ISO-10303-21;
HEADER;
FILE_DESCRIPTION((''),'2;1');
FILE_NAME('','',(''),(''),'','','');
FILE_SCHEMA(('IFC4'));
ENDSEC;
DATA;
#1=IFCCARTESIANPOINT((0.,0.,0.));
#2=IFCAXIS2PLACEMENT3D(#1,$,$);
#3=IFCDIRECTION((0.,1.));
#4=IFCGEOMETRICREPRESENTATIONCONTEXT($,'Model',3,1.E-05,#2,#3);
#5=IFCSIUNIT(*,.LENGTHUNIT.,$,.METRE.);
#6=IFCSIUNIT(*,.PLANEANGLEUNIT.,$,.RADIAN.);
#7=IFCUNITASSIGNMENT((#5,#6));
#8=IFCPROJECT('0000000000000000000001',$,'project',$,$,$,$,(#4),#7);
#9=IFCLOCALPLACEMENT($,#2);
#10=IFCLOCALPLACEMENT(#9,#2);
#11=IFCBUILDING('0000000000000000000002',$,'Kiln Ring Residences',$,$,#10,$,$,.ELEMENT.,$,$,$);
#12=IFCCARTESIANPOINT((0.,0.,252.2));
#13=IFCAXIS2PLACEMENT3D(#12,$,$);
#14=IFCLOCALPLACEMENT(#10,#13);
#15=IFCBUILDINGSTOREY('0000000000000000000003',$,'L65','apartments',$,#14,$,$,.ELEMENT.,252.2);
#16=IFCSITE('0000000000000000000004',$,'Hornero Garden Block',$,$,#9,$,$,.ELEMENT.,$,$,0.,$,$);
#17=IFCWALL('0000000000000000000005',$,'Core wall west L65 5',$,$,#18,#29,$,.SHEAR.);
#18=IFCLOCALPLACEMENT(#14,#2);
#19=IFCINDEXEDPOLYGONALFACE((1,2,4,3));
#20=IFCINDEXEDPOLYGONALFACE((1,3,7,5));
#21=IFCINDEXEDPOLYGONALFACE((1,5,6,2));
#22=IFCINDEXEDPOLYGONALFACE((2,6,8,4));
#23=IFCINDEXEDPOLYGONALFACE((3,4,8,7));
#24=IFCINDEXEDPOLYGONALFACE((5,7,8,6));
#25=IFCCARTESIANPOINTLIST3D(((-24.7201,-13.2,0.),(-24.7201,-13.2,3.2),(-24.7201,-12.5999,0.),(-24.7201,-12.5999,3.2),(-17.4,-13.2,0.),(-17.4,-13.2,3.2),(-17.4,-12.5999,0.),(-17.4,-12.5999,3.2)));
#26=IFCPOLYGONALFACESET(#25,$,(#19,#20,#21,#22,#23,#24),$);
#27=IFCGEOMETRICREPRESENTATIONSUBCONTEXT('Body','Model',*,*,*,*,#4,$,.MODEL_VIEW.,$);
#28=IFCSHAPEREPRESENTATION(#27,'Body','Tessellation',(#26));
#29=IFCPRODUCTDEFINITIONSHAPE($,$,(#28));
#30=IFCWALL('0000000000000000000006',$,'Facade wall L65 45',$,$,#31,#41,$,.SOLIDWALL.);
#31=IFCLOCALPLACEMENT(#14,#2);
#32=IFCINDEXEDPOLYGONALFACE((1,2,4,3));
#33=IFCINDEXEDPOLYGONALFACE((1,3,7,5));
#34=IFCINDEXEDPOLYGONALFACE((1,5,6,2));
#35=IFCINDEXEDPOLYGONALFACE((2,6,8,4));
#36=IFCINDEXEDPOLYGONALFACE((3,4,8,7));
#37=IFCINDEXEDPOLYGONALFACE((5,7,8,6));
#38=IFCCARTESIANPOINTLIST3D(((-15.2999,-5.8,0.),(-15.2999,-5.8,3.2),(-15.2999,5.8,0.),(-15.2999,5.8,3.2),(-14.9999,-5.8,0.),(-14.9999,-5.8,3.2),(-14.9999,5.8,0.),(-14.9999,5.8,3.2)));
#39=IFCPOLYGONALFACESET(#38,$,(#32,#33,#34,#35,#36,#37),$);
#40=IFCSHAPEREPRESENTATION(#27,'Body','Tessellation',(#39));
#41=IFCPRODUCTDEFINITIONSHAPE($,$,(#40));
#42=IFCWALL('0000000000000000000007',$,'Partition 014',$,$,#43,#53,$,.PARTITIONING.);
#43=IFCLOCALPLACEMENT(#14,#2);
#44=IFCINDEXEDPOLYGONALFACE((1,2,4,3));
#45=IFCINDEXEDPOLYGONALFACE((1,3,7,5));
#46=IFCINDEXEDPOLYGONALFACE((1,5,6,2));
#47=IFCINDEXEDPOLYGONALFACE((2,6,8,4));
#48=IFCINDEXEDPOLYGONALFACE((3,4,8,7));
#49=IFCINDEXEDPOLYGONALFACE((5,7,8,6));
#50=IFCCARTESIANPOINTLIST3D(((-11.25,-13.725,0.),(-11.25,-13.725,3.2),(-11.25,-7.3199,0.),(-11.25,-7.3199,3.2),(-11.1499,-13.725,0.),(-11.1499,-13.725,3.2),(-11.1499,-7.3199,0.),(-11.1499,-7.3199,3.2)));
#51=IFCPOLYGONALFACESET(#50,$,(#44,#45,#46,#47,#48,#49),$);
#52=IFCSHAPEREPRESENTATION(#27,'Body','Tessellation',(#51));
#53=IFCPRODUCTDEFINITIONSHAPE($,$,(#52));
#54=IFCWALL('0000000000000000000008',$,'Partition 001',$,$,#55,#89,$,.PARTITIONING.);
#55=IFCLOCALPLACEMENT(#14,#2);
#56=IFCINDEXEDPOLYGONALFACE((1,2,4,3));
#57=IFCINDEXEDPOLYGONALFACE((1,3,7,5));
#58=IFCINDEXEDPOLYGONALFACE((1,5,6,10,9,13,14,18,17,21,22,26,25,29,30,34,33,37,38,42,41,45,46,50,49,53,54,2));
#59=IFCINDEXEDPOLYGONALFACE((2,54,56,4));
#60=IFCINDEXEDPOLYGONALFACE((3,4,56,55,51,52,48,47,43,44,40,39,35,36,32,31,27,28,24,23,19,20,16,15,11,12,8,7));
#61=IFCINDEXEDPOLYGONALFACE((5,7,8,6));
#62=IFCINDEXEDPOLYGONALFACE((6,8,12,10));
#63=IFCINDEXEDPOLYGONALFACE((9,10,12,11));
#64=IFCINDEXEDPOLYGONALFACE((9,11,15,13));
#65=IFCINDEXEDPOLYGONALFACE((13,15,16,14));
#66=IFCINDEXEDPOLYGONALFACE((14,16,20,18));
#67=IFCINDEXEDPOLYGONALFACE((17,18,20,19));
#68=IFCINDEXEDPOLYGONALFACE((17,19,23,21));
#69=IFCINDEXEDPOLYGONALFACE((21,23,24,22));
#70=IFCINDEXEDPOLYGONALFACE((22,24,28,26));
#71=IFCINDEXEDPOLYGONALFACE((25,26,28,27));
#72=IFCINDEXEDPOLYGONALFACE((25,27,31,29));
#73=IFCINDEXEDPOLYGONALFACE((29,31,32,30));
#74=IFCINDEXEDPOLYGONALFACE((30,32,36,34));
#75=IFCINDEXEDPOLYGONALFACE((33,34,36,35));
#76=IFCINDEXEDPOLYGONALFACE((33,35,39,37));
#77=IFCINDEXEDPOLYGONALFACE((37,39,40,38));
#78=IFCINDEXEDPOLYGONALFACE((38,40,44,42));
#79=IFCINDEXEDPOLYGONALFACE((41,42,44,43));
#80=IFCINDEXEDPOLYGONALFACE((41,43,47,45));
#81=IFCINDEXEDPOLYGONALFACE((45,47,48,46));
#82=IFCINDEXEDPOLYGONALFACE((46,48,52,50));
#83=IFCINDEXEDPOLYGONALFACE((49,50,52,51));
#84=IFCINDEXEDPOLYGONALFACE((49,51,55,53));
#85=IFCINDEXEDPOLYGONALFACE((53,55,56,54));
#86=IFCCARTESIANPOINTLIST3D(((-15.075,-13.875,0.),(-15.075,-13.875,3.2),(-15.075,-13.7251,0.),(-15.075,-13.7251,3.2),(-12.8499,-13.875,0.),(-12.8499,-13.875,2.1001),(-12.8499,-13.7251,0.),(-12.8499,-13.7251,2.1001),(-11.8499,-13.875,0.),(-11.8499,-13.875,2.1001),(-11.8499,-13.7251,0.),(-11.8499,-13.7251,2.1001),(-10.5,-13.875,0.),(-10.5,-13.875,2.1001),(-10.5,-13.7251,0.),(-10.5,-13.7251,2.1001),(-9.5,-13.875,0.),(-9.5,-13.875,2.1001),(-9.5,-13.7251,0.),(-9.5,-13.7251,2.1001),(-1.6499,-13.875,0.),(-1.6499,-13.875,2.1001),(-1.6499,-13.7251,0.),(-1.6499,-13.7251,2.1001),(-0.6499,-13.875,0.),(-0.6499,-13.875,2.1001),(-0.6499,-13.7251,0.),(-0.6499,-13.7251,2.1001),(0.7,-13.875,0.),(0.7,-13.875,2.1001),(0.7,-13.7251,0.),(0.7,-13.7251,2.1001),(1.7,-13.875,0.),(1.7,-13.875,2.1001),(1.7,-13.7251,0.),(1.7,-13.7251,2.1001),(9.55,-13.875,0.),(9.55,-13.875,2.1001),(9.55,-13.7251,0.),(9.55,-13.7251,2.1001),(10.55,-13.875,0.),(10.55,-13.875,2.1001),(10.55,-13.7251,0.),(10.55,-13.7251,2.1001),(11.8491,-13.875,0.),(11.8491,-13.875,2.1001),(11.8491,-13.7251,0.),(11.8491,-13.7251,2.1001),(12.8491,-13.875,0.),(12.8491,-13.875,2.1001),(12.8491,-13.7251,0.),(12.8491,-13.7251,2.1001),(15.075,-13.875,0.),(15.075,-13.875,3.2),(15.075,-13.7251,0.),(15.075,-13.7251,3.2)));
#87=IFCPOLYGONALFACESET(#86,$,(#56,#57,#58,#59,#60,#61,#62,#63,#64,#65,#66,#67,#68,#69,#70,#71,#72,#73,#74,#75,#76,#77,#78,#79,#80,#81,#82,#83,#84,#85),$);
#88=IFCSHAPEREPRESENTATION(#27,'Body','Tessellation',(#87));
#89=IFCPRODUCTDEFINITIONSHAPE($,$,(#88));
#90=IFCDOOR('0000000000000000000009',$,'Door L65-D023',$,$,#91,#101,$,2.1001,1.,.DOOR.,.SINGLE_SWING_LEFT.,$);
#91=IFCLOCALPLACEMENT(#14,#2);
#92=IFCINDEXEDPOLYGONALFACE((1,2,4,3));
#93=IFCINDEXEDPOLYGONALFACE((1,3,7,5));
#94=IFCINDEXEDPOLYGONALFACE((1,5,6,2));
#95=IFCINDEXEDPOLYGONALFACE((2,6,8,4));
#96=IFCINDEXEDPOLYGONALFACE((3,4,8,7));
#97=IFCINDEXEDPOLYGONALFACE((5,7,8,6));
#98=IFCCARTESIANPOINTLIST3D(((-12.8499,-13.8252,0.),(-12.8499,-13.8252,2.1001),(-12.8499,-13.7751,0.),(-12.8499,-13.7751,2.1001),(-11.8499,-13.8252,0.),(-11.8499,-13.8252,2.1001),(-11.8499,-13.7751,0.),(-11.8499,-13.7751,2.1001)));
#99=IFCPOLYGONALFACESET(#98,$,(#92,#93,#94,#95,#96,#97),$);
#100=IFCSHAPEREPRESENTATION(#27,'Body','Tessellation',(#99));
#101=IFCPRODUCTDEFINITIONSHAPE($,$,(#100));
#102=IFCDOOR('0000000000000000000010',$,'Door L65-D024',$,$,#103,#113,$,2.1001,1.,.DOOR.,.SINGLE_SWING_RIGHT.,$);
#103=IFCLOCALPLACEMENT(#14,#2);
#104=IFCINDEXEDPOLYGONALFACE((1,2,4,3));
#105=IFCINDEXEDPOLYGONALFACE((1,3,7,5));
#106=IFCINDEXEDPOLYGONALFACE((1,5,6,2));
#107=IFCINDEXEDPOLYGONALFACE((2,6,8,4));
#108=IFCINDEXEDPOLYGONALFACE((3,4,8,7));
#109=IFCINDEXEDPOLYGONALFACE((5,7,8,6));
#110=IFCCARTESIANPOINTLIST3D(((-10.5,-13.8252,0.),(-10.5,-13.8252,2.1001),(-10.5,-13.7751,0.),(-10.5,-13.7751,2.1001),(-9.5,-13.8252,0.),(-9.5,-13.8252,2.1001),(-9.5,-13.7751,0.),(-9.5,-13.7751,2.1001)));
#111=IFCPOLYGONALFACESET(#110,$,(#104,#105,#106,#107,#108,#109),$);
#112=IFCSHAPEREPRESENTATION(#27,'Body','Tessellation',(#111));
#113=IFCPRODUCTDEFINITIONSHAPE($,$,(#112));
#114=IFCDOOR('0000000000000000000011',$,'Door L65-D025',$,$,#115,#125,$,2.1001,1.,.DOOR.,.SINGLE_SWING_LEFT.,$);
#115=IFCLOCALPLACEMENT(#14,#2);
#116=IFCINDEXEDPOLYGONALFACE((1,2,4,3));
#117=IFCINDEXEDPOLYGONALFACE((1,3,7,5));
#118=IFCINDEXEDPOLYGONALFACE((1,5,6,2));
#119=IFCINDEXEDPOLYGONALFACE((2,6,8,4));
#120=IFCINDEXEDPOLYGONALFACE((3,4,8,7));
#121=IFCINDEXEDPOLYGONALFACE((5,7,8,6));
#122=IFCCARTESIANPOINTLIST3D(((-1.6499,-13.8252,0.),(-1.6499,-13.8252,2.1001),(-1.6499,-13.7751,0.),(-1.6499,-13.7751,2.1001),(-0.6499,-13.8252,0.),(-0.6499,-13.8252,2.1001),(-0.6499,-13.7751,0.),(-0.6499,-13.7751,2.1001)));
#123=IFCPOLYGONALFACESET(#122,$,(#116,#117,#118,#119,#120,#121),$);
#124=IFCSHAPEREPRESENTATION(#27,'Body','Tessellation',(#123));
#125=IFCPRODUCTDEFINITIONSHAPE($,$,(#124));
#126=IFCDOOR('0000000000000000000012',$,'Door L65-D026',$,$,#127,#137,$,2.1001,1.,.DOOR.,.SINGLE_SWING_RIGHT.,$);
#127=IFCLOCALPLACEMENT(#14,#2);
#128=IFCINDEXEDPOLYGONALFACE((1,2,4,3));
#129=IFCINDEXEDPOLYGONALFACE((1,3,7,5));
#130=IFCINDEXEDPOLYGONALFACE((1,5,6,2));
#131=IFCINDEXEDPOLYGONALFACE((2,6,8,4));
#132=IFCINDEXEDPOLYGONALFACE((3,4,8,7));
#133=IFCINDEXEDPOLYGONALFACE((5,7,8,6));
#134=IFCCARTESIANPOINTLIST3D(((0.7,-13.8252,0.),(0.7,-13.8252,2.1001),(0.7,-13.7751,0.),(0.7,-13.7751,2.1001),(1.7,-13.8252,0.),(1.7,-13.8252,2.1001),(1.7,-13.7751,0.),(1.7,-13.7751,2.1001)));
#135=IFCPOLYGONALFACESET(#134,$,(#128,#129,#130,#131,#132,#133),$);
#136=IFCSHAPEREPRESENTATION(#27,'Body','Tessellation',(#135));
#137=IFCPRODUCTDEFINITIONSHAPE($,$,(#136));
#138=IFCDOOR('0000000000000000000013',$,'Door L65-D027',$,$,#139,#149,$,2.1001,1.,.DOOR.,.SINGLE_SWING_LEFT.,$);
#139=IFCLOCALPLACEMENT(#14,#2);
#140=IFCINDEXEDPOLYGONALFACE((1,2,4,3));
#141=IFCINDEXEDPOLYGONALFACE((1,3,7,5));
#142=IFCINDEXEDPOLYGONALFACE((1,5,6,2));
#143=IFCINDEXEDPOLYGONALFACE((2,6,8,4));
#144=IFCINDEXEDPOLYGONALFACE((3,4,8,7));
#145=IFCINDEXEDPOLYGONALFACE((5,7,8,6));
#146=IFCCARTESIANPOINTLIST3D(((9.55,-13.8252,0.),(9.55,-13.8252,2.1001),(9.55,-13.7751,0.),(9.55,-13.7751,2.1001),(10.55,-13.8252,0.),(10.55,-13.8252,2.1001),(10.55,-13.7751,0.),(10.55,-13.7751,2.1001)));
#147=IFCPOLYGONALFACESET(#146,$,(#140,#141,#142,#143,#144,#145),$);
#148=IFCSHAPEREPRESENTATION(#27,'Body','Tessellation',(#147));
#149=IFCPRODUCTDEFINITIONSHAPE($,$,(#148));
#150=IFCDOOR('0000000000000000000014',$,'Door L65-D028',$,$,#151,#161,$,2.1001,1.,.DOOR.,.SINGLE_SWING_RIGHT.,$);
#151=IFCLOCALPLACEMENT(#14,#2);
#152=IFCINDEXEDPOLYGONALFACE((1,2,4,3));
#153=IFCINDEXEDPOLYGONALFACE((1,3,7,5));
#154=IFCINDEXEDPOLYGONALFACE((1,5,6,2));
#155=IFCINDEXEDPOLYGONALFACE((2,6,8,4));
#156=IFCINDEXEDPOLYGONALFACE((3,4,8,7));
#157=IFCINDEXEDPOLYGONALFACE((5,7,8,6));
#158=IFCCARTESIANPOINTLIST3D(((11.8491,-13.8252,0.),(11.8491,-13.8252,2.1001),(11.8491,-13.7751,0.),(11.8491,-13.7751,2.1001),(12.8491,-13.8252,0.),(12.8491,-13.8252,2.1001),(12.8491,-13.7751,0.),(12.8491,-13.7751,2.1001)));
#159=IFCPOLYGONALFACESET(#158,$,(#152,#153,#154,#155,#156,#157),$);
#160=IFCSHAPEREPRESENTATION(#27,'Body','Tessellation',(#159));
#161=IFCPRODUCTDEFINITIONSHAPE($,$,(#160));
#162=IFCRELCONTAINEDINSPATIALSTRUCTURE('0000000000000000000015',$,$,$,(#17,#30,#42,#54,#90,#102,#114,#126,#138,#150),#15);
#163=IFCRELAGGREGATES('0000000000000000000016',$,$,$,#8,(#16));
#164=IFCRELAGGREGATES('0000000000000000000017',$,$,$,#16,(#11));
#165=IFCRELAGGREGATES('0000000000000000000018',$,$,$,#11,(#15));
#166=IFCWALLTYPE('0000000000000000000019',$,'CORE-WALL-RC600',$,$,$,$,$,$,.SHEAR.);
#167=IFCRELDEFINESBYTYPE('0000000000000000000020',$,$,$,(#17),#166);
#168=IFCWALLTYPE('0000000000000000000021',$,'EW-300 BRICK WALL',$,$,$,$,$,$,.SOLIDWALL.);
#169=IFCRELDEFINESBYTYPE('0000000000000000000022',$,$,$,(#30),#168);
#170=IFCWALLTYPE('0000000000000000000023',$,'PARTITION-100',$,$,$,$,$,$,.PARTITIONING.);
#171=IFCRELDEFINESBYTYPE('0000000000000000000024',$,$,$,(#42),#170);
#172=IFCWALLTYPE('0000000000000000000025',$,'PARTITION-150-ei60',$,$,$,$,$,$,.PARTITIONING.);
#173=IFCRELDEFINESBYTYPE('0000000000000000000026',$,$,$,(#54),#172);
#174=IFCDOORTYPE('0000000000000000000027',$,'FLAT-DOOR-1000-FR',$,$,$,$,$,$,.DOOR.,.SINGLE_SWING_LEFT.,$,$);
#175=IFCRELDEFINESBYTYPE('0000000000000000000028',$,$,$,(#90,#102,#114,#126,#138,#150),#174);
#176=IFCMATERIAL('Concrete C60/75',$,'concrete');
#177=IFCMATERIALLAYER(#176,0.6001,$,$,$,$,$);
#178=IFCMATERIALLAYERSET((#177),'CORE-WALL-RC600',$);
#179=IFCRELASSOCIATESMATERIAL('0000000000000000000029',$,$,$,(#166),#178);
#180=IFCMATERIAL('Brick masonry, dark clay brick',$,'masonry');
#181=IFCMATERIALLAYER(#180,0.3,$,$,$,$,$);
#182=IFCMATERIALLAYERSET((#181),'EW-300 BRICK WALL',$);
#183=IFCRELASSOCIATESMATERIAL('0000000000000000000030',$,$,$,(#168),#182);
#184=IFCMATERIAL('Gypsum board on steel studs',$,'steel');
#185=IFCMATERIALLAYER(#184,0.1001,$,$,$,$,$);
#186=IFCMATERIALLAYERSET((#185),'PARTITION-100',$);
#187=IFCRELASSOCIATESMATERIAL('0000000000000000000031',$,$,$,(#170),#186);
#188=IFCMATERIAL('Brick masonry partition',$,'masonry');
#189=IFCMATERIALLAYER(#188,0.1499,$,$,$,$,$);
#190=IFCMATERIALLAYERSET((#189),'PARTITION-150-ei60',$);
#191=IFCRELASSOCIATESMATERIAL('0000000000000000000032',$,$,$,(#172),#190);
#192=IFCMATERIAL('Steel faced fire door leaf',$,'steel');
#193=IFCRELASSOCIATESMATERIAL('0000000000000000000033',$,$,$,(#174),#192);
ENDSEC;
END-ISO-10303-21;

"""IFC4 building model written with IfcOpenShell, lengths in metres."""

from ifc_helpers import new_model, si_unit, direction, frame, frame_2d, origin, place, context, subcontext, project, spatial, rectangle, extrude, material, layer, layer_set, type_object, element, fill, save


model = new_model("IFC4")

# Units and contexts
model_context = context("Model", 3, precision=1e-05, world=origin(), true_north=direction((0.0, 1.0)))
body_context = subcontext(model_context, "Body", "Model", "MODEL_VIEW")
ifc_project = project(units=[si_unit("LENGTHUNIT", "METRE"), si_unit("PLANEANGLEUNIT", "RADIAN")], contexts=[model_context])

# Site, building, storey
site_placement = place(None, origin())
site = spatial("IfcSite", under=ifc_project, at=site_placement, Name="Hornero Garden Block", CompositionType="ELEMENT", RefElevation=0.0)
building_placement = place(site_placement, origin())
building = spatial("IfcBuilding", under=site, at=building_placement, Name="Kiln Ring Residences", CompositionType="ELEMENT")
storey_placement = place(building_placement, frame((0.0, 0.0, 252.2)))
storey = spatial("IfcBuildingStorey", under=building, at=storey_placement, Name="L65", Description="apartments", CompositionType="ELEMENT", Elevation=252.2)

# Walls
ifc_material_1 = material(Name="Concrete C60/75", Category="concrete")
ifc_layer_1 = layer(ifc_material_1, 0.6001)
ifc_layer_set_1 = layer_set([ifc_layer_1], Name="CORE-WALL-RC600")
wall_type_1 = type_object("IfcWallType", Name="CORE-WALL-RC600", PredefinedType="SHEAR", material=ifc_layer_set_1)
wall_1_placement = place(storey_placement, frame((-17.3999, -12.8999, 0.0), z_axis=(0.0, 0.0, 1.0), x_axis=(-1.0, 0.0, 0.0)))
element("IfcWall", 1, at=wall_1_placement, inside=storey, type_object=wall_type_1, Name="Core wall west L65 5", PredefinedType="SHEAR", context=body_context, shape_type="SweptSolid", body=[
    extrude(rectangle(XDim=7.3201, YDim=0.6001, at=frame_2d((3.6602, 0.0))), origin(), (0.0, 0.0, 1.0), 3.2),
])
ifc_material_2 = material(Name="Brick masonry, dark clay brick", Category="masonry")
ifc_layer_2 = layer(ifc_material_2, 0.3)
ifc_layer_set_2 = layer_set([ifc_layer_2], Name="EW-300 BRICK WALL")
wall_type_2 = type_object("IfcWallType", Name="EW-300 BRICK WALL", PredefinedType="SOLIDWALL", material=ifc_layer_set_2)
wall_2_placement = place(storey_placement, frame((-15.1499, -5.8, 0.0), z_axis=(0.0, 0.0, 1.0), x_axis=(0.0, 1.0, 0.0)))
element("IfcWall", 2, at=wall_2_placement, inside=storey, type_object=wall_type_2, Name="Facade wall L65 45", PredefinedType="SOLIDWALL", context=body_context, shape_type="SweptSolid", body=[
    extrude(rectangle(XDim=11.6001, YDim=0.3, at=frame_2d((5.8, 0.0))), origin(), (0.0, 0.0, 1.0), 3.2),
])
ifc_material_3 = material(Name="Gypsum board on steel studs", Category="steel")
ifc_layer_3 = layer(ifc_material_3, 0.1001)
ifc_layer_set_3 = layer_set([ifc_layer_3], Name="PARTITION-100")
wall_type_3 = type_object("IfcWallType", Name="PARTITION-100", PredefinedType="PARTITIONING", material=ifc_layer_set_3)
wall_3_placement = place(storey_placement, frame((-11.2, -13.7251, 0.0), z_axis=(0.0, 0.0, 1.0), x_axis=(0.0, 1.0, 0.0)))
element("IfcWall", 3, at=wall_3_placement, inside=storey, type_object=wall_type_3, Name="Partition 014", PredefinedType="PARTITIONING", context=body_context, shape_type="SweptSolid", body=[
    extrude(rectangle(XDim=6.405, YDim=0.1001, at=frame_2d((3.2026, 0.0))), origin(), (0.0, 0.0, 1.0), 3.2),
])

# Wall, openings, doors
ifc_material_4 = material(Name="Brick masonry partition", Category="masonry")
ifc_layer_4 = layer(ifc_material_4, 0.1499)
ifc_layer_set_4 = layer_set([ifc_layer_4], Name="PARTITION-150-ei60")
wall_type_4 = type_object("IfcWallType", Name="PARTITION-150-ei60", PredefinedType="PARTITIONING", material=ifc_layer_set_4)
wall_4_placement = place(storey_placement, frame((-15.075, -13.8, 0.0), z_axis=(0.0, 0.0, 1.0), x_axis=(1.0, 0.0, 0.0)))
wall_4 = element("IfcWall", 4, at=wall_4_placement, inside=storey, type_object=wall_type_4, Name="Partition 001", PredefinedType="PARTITIONING", context=body_context, shape_type="SweptSolid", body=[
    extrude(rectangle(XDim=30.1499, YDim=0.1499, at=frame_2d((15.075, 0.0))), origin(), (0.0, 0.0, 1.0), 3.2),
])
opening_1_placement = place(wall_4_placement, frame((2.2251, 0.0, 0.0)))
opening_1 = element("IfcOpeningElement", 5, at=opening_1_placement, cuts=wall_4, PredefinedType="OPENING", context=body_context, shape_type="SweptSolid", body=[
    extrude(rectangle(XDim=1.0, YDim=2.1001, at=frame_2d((0.5, 1.05))), frame((0.0, 0.085, 0.0), z_axis=(0.0, -1.0, 0.0), x_axis=(1.0, 0.0, 0.0)), (0.0, 0.0, 1.0), 0.1699),
])
opening_2_placement = place(wall_4_placement, frame((4.575, 0.0, 0.0)))
opening_2 = element("IfcOpeningElement", 6, at=opening_2_placement, cuts=wall_4, PredefinedType="OPENING", context=body_context, shape_type="SweptSolid", body=[
    extrude(rectangle(XDim=1.0, YDim=2.1001, at=frame_2d((0.5, 1.05))), frame((0.0, 0.085, 0.0), z_axis=(0.0, -1.0, 0.0), x_axis=(1.0, 0.0, 0.0)), (0.0, 0.0, 1.0), 0.1699),
])
opening_3_placement = place(wall_4_placement, frame((13.425, 0.0, 0.0)))
opening_3 = element("IfcOpeningElement", 7, at=opening_3_placement, cuts=wall_4, PredefinedType="OPENING", context=body_context, shape_type="SweptSolid", body=[
    extrude(rectangle(XDim=1.0, YDim=2.1001, at=frame_2d((0.5, 1.05))), frame((0.0, 0.085, 0.0), z_axis=(0.0, -1.0, 0.0), x_axis=(1.0, 0.0, 0.0)), (0.0, 0.0, 1.0), 0.1699),
])
opening_4_placement = place(wall_4_placement, frame((15.7749, 0.0, 0.0)))
opening_4 = element("IfcOpeningElement", 8, at=opening_4_placement, cuts=wall_4, PredefinedType="OPENING", context=body_context, shape_type="SweptSolid", body=[
    extrude(rectangle(XDim=1.0, YDim=2.1001, at=frame_2d((0.5, 1.05))), frame((0.0, 0.085, 0.0), z_axis=(0.0, -1.0, 0.0), x_axis=(1.0, 0.0, 0.0)), (0.0, 0.0, 1.0), 0.1699),
])
opening_5_placement = place(wall_4_placement, frame((24.625, 0.0, 0.0)))
opening_5 = element("IfcOpeningElement", 9, at=opening_5_placement, cuts=wall_4, PredefinedType="OPENING", context=body_context, shape_type="SweptSolid", body=[
    extrude(rectangle(XDim=1.0, YDim=2.1001, at=frame_2d((0.5, 1.05))), frame((0.0, 0.085, 0.0), z_axis=(0.0, -1.0, 0.0), x_axis=(1.0, 0.0, 0.0)), (0.0, 0.0, 1.0), 0.1699),
])
opening_6_placement = place(wall_4_placement, frame((26.9241, 0.0, 0.0)))
opening_6 = element("IfcOpeningElement", 10, at=opening_6_placement, cuts=wall_4, PredefinedType="OPENING", context=body_context, shape_type="SweptSolid", body=[
    extrude(rectangle(XDim=1.0, YDim=2.1001, at=frame_2d((0.5, 1.05))), frame((0.0, 0.085, 0.0), z_axis=(0.0, -1.0, 0.0), x_axis=(1.0, 0.0, 0.0)), (0.0, 0.0, 1.0), 0.1699),
])
ifc_material_5 = material(Name="Steel faced fire door leaf", Category="steel")
door_type_1 = type_object("IfcDoorType", Name="FLAT-DOOR-1000-FR", OperationType="SINGLE_SWING_LEFT", PredefinedType="DOOR", material=ifc_material_5)
door_1_placement = place(opening_1_placement, origin())
door_1 = element("IfcDoor", 11, at=door_1_placement, inside=storey, type_object=door_type_1, Name="Door L65-D023", OperationType="SINGLE_SWING_LEFT", OverallHeight=2.1001, OverallWidth=1.0, PredefinedType="DOOR", context=body_context, shape_type="SweptSolid", body=[
    extrude(rectangle(XDim=1.0, YDim=2.1001, at=frame_2d((0.5, 1.05))), frame((0.0, 0.0249, 0.0), z_axis=(0.0, -1.0, 0.0), x_axis=(1.0, 0.0, 0.0)), (0.0, 0.0, 1.0), 0.05),
])
fill(opening_1, door_1)
door_2_placement = place(opening_2_placement, origin())
door_2 = element("IfcDoor", 12, at=door_2_placement, inside=storey, type_object=door_type_1, Name="Door L65-D024", OperationType="SINGLE_SWING_RIGHT", OverallHeight=2.1001, OverallWidth=1.0, PredefinedType="DOOR", context=body_context, shape_type="SweptSolid", body=[
    extrude(rectangle(XDim=1.0, YDim=2.1001, at=frame_2d((0.5, 1.05))), frame((0.0, 0.0249, 0.0), z_axis=(0.0, -1.0, 0.0), x_axis=(1.0, 0.0, 0.0)), (0.0, 0.0, 1.0), 0.05),
])
fill(opening_2, door_2)
door_3_placement = place(opening_3_placement, origin())
door_3 = element("IfcDoor", 13, at=door_3_placement, inside=storey, type_object=door_type_1, Name="Door L65-D025", OperationType="SINGLE_SWING_LEFT", OverallHeight=2.1001, OverallWidth=1.0, PredefinedType="DOOR", context=body_context, shape_type="SweptSolid", body=[
    extrude(rectangle(XDim=1.0, YDim=2.1001, at=frame_2d((0.5, 1.05))), frame((0.0, 0.0249, 0.0), z_axis=(0.0, -1.0, 0.0), x_axis=(1.0, 0.0, 0.0)), (0.0, 0.0, 1.0), 0.05),
])
fill(opening_3, door_3)
door_4_placement = place(opening_4_placement, origin())
door_4 = element("IfcDoor", 14, at=door_4_placement, inside=storey, type_object=door_type_1, Name="Door L65-D026", OperationType="SINGLE_SWING_RIGHT", OverallHeight=2.1001, OverallWidth=1.0, PredefinedType="DOOR", context=body_context, shape_type="SweptSolid", body=[
    extrude(rectangle(XDim=1.0, YDim=2.1001, at=frame_2d((0.5, 1.05))), frame((0.0, 0.0249, 0.0), z_axis=(0.0, -1.0, 0.0), x_axis=(1.0, 0.0, 0.0)), (0.0, 0.0, 1.0), 0.05),
])
fill(opening_4, door_4)
door_5_placement = place(opening_5_placement, origin())
door_5 = element("IfcDoor", 15, at=door_5_placement, inside=storey, type_object=door_type_1, Name="Door L65-D027", OperationType="SINGLE_SWING_LEFT", OverallHeight=2.1001, OverallWidth=1.0, PredefinedType="DOOR", context=body_context, shape_type="SweptSolid", body=[
    extrude(rectangle(XDim=1.0, YDim=2.1001, at=frame_2d((0.5, 1.05))), frame((0.0, 0.0249, 0.0), z_axis=(0.0, -1.0, 0.0), x_axis=(1.0, 0.0, 0.0)), (0.0, 0.0, 1.0), 0.05),
])
fill(opening_5, door_5)
door_6_placement = place(opening_6_placement, origin())
door_6 = element("IfcDoor", 16, at=door_6_placement, inside=storey, type_object=door_type_1, Name="Door L65-D028", OperationType="SINGLE_SWING_RIGHT", OverallHeight=2.1001, OverallWidth=1.0, PredefinedType="DOOR", context=body_context, shape_type="SweptSolid", body=[
    extrude(rectangle(XDim=1.0, YDim=2.1001, at=frame_2d((0.5, 1.05))), frame((0.0, 0.0249, 0.0), z_axis=(0.0, -1.0, 0.0), x_axis=(1.0, 0.0, 0.0)), (0.0, 0.0, 1.0), 0.05),
])
fill(opening_6, door_6)

save(model, "model.ifc")
